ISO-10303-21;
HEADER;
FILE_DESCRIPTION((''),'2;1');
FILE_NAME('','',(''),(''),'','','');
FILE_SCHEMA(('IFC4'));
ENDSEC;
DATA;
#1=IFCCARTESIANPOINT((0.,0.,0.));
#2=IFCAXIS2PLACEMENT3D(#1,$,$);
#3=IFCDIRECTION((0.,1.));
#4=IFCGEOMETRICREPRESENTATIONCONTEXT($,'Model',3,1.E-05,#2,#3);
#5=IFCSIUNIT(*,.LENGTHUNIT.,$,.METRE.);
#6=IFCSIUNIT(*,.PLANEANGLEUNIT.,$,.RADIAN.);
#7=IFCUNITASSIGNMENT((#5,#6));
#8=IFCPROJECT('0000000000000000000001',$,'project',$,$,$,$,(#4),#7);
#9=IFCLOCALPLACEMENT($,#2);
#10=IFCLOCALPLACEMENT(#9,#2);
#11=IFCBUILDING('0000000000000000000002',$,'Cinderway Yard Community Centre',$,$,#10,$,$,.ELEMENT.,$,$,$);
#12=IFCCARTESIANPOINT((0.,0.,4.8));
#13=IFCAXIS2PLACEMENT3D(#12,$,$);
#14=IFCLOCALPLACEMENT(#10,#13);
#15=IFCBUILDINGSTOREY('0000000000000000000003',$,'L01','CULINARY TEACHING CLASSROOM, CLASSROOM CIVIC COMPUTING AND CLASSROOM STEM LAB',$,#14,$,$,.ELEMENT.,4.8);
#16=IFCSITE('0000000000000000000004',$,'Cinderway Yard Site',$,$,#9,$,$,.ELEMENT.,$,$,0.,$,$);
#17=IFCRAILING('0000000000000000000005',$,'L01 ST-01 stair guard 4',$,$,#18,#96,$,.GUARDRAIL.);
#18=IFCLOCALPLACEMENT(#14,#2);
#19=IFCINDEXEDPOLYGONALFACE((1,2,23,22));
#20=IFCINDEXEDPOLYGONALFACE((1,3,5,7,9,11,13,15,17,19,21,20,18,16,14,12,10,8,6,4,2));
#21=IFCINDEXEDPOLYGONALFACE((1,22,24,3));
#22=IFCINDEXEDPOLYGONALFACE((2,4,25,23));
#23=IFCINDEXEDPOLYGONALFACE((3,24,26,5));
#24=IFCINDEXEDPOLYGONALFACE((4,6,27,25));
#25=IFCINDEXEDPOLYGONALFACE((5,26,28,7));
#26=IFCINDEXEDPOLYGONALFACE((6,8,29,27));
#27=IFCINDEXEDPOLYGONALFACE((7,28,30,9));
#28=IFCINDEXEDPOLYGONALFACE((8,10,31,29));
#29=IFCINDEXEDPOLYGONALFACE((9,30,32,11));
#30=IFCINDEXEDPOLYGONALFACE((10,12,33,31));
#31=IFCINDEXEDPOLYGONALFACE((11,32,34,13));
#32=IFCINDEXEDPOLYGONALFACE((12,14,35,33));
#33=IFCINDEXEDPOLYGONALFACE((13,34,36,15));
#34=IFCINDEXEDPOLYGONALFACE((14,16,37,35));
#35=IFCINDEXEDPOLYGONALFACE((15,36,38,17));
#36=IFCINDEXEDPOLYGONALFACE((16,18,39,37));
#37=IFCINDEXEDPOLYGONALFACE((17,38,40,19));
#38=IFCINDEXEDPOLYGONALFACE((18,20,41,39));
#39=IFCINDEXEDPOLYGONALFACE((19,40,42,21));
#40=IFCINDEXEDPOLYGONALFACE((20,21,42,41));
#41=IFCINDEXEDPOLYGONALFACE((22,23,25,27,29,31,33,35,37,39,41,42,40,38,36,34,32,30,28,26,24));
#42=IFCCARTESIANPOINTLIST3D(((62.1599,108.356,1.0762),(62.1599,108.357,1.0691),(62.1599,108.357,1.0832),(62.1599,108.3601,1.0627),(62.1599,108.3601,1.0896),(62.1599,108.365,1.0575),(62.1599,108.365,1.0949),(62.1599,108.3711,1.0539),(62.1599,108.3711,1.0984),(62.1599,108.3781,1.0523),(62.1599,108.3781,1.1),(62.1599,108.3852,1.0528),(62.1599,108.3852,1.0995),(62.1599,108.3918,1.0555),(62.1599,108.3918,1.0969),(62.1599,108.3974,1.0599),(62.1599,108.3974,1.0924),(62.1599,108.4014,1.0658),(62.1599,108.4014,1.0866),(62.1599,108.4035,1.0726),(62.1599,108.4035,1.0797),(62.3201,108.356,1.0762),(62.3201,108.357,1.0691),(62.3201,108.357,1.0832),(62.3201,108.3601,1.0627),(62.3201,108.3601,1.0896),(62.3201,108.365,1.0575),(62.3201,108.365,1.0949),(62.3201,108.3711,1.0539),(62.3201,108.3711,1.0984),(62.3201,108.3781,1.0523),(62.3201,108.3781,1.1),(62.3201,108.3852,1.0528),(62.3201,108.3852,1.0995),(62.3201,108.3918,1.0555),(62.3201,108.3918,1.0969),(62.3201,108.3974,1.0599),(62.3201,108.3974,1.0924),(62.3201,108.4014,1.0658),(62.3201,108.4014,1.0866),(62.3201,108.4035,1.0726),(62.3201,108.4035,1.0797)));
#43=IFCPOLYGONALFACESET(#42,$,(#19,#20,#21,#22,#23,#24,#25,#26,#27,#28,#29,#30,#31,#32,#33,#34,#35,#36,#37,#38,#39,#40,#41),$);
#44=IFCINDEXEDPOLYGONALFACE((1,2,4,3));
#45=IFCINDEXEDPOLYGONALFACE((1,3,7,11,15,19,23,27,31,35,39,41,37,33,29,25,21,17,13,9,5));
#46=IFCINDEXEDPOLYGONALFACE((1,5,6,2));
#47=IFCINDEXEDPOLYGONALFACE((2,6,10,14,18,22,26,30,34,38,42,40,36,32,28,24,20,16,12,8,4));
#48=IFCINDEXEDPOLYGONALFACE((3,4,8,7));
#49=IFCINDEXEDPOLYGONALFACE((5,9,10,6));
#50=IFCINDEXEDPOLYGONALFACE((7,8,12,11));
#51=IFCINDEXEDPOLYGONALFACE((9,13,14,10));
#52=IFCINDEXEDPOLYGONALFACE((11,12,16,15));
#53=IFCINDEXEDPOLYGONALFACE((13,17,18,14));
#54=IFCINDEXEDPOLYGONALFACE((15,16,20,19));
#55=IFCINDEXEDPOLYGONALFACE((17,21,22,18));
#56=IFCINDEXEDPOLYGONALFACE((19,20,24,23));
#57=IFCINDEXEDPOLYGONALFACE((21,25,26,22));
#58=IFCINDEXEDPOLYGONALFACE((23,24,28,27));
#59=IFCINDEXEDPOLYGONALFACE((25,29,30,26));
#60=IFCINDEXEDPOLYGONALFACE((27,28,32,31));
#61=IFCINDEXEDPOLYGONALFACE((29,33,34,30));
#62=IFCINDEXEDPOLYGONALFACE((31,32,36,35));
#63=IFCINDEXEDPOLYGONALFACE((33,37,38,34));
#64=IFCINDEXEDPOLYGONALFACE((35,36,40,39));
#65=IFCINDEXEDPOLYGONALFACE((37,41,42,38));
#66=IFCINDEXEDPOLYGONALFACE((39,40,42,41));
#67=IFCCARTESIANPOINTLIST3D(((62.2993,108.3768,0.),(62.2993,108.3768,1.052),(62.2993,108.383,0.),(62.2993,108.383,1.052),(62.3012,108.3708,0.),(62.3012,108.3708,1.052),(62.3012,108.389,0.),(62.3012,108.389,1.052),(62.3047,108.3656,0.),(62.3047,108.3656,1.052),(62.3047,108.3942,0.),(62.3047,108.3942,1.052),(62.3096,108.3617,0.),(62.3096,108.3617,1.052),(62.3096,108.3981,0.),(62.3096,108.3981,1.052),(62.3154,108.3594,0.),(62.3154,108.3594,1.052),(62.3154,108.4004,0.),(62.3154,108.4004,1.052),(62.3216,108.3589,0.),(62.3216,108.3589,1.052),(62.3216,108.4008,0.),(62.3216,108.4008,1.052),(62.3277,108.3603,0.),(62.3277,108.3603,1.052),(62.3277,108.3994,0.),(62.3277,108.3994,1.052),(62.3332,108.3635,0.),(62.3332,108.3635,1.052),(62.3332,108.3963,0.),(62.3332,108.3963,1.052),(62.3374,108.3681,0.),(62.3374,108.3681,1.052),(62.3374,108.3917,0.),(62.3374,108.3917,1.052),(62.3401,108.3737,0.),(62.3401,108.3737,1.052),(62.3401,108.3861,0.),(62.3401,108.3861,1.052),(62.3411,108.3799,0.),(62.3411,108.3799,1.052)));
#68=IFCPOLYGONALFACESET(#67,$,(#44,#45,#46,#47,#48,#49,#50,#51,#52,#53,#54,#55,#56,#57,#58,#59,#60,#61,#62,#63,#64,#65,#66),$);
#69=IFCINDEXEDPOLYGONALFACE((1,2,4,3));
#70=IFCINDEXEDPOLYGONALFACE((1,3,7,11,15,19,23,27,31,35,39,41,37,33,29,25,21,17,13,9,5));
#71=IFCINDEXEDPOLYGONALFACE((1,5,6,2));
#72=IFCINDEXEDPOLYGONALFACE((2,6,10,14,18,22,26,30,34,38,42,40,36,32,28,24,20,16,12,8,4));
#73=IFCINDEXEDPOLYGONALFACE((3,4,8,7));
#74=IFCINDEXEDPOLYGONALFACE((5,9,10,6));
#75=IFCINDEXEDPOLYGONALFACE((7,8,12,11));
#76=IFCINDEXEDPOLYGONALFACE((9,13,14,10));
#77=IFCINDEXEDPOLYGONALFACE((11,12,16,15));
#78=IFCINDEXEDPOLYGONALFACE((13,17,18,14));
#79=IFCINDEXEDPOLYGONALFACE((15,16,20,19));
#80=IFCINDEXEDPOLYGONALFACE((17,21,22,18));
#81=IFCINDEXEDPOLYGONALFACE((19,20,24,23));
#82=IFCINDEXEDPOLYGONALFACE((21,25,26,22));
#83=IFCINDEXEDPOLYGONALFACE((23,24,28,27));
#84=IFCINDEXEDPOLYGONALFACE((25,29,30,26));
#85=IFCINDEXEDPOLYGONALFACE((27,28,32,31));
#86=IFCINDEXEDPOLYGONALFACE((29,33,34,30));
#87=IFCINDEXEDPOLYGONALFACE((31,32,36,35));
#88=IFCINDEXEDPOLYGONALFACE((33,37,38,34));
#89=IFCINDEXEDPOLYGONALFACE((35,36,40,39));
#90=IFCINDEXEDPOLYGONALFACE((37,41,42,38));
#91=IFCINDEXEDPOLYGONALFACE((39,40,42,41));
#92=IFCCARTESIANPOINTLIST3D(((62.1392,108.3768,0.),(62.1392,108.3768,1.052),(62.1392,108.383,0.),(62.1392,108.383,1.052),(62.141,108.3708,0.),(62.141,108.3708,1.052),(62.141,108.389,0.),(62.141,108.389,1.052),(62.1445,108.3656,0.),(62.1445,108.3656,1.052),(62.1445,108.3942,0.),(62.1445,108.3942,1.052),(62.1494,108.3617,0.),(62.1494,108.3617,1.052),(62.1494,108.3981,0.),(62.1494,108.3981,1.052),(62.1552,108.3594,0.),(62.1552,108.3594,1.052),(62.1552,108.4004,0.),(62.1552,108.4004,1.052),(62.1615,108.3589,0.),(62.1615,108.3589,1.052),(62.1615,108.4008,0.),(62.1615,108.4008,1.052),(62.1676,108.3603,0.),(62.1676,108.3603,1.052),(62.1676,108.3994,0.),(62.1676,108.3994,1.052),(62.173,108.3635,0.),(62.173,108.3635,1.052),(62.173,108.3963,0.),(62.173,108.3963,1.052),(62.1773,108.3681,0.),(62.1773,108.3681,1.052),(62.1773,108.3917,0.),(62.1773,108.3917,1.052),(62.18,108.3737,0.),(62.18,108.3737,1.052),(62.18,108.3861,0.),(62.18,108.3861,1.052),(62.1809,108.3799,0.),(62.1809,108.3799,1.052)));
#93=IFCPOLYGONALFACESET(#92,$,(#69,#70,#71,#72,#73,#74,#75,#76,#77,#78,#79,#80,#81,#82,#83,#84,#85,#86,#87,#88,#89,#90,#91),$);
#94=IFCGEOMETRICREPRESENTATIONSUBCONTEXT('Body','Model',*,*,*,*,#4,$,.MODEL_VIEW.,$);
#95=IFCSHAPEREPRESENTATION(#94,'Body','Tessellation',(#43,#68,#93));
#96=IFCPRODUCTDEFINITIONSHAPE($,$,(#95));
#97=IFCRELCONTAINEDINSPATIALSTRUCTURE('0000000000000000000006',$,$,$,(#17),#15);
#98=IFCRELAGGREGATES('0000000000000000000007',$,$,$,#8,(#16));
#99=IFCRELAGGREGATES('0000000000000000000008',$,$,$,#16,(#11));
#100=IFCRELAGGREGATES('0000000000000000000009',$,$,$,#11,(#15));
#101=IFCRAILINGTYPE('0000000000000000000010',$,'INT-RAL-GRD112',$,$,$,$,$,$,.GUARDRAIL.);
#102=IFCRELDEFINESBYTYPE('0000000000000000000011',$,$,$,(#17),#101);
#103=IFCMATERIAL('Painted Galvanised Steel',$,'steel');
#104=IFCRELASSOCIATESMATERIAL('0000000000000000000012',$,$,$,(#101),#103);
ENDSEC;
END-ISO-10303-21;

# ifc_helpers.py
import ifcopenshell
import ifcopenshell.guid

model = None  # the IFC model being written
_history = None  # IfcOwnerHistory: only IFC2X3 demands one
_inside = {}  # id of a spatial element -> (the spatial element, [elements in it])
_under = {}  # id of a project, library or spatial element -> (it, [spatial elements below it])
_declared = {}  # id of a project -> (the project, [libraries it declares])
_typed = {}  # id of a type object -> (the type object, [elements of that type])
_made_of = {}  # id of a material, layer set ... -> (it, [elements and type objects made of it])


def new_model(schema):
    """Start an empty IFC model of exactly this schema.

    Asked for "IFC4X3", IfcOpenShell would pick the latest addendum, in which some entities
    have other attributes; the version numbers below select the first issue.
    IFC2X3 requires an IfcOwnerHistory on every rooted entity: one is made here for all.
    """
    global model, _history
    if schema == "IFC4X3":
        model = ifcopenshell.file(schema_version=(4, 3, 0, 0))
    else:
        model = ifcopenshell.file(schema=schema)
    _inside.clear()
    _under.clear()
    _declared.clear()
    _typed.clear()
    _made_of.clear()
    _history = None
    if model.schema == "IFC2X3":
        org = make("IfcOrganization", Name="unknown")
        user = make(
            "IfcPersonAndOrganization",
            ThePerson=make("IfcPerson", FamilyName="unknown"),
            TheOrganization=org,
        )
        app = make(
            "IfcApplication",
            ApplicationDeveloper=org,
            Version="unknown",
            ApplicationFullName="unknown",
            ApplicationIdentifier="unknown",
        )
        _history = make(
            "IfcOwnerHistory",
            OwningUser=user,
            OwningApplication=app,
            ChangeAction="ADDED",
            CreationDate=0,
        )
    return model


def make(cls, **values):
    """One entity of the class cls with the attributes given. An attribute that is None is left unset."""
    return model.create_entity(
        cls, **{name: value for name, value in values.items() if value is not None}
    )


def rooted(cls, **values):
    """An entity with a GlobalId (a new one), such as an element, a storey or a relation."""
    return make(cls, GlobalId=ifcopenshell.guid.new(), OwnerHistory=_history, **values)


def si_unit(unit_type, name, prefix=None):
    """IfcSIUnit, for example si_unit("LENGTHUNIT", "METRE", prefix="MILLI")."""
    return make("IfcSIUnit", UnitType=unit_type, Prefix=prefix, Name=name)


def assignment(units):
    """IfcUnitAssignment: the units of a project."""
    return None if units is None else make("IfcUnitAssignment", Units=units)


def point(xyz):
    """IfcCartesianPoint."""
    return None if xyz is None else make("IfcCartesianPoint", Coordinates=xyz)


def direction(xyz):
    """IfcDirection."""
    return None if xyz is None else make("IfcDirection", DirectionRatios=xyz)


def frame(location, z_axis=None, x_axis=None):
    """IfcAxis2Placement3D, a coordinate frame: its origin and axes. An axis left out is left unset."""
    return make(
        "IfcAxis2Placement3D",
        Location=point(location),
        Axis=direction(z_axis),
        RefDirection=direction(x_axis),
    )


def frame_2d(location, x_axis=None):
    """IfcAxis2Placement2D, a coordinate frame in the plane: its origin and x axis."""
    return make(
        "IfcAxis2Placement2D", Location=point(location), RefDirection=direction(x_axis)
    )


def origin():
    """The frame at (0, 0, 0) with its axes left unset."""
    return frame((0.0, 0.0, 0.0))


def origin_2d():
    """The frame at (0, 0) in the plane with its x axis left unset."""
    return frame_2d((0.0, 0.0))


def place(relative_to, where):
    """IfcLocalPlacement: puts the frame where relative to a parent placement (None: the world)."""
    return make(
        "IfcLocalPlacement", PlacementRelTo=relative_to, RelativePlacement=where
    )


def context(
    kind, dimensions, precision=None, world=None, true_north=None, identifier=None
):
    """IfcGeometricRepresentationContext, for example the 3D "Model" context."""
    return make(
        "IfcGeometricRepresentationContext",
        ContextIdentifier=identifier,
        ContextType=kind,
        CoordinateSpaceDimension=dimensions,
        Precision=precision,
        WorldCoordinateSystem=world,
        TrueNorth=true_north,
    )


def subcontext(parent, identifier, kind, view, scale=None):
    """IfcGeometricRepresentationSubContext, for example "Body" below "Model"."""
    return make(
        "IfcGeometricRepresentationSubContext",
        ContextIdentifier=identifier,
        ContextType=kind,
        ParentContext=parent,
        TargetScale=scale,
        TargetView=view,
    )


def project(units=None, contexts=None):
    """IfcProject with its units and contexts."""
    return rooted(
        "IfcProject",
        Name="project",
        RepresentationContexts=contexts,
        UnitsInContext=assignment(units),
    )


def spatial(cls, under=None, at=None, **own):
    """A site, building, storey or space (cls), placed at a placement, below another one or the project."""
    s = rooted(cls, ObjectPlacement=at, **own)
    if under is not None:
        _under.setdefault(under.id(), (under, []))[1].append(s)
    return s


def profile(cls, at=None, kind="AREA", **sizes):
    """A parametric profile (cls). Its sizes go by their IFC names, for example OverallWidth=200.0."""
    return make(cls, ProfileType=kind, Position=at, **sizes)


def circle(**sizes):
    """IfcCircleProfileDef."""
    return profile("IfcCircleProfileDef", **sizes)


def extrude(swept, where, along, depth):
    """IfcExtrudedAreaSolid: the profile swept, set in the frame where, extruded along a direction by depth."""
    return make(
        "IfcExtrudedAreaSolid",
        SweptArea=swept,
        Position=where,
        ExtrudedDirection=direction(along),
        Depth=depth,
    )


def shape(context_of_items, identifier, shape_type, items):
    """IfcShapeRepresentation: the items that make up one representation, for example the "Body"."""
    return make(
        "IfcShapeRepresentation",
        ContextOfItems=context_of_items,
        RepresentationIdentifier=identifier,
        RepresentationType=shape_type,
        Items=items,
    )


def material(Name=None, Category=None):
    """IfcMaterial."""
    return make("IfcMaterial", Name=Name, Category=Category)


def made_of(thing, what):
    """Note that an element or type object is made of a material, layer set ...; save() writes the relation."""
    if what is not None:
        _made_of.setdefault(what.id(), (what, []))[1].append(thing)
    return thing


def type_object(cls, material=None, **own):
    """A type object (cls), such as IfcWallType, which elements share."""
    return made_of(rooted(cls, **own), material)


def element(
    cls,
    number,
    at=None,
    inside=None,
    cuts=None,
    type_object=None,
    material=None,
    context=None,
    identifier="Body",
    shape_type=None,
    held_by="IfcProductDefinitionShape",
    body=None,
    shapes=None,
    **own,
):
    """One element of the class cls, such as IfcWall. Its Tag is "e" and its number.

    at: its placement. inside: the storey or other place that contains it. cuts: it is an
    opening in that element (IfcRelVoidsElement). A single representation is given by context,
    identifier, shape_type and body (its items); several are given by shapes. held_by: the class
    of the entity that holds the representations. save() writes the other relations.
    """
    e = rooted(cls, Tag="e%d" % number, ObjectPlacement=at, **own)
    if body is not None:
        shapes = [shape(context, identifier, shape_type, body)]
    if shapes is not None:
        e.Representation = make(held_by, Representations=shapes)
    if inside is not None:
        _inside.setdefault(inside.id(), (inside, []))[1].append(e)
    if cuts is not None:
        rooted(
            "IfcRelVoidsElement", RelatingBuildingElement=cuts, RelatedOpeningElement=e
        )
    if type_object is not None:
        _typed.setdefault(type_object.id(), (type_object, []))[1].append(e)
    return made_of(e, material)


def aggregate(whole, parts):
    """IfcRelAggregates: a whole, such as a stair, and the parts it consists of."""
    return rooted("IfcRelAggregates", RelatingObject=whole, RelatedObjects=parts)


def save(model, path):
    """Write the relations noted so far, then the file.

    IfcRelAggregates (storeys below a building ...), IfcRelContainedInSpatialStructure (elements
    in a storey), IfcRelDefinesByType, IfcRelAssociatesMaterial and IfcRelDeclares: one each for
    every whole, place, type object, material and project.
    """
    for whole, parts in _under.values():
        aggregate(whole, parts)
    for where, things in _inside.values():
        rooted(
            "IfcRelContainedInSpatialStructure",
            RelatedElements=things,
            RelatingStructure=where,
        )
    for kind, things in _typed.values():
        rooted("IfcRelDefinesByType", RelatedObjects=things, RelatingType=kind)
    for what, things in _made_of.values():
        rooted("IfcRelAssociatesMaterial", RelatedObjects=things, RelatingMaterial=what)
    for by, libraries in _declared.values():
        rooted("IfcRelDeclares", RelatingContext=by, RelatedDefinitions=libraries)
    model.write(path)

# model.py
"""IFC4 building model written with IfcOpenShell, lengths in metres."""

from ifc_helpers import new_model, si_unit, direction, frame, origin, origin_2d, place, context, subcontext, project, spatial, circle, extrude, material, type_object, element, save


model = new_model("IFC4")

# Units and contexts
model_context = context("Model", 3, precision=1e-05, world=origin(), true_north=direction((0.0, 1.0)))
body_context = subcontext(model_context, "Body", "Model", "MODEL_VIEW")
ifc_project = project(units=[si_unit("LENGTHUNIT", "METRE"), si_unit("PLANEANGLEUNIT", "RADIAN")], contexts=[model_context])

# Site, building, storey
site_placement = place(None, origin())
site = spatial("IfcSite", under=ifc_project, at=site_placement, Name="Cinderway Yard Site", CompositionType="ELEMENT", RefElevation=0.0)
building_placement = place(site_placement, origin())
building = spatial("IfcBuilding", under=site, at=building_placement, Name="Cinderway Yard Community Centre", CompositionType="ELEMENT")
storey_placement = place(building_placement, frame((0.0, 0.0, 4.8)))
storey = spatial("IfcBuildingStorey", under=building, at=storey_placement, Name="L01", Description="CULINARY TEACHING CLASSROOM, CLASSROOM CIVIC COMPUTING AND CLASSROOM STEM LAB", CompositionType="ELEMENT", Elevation=4.8)

# Shared definitions
ifc_material_1 = material(Name="Painted Galvanised Steel", Category="steel")

# Railing
railing_type_1 = type_object("IfcRailingType", Name="INT-RAL-GRD112", PredefinedType="GUARDRAIL", material=ifc_material_1)
railing_1_placement = place(storey_placement, frame((62.3201, 108.3799, 0.0)))
element("IfcRailing", 1, at=railing_1_placement, inside=storey, type_object=railing_type_1, Name="L01 ST-01 stair guard 4", PredefinedType="GUARDRAIL", context=body_context, shape_type="SweptSolid", body=[
    extrude(circle(Radius=0.0239, at=origin_2d()), frame((0.0, 0.0, 1.0762), z_axis=(-1.0, 0.0, 0.0), x_axis=(0.0, -1.0, 0.0)), (0.0, 0.0, 1.0), 0.1602),
    extrude(circle(Radius=0.021, at=origin_2d()), origin(), (0.0, 0.0, 1.0), 1.052),
    extrude(circle(Radius=0.021, at=origin_2d()), frame((-0.1602, 0.0, 0.0)), (0.0, 0.0, 1.0), 1.052),
])

save(model, "model.ifc")
